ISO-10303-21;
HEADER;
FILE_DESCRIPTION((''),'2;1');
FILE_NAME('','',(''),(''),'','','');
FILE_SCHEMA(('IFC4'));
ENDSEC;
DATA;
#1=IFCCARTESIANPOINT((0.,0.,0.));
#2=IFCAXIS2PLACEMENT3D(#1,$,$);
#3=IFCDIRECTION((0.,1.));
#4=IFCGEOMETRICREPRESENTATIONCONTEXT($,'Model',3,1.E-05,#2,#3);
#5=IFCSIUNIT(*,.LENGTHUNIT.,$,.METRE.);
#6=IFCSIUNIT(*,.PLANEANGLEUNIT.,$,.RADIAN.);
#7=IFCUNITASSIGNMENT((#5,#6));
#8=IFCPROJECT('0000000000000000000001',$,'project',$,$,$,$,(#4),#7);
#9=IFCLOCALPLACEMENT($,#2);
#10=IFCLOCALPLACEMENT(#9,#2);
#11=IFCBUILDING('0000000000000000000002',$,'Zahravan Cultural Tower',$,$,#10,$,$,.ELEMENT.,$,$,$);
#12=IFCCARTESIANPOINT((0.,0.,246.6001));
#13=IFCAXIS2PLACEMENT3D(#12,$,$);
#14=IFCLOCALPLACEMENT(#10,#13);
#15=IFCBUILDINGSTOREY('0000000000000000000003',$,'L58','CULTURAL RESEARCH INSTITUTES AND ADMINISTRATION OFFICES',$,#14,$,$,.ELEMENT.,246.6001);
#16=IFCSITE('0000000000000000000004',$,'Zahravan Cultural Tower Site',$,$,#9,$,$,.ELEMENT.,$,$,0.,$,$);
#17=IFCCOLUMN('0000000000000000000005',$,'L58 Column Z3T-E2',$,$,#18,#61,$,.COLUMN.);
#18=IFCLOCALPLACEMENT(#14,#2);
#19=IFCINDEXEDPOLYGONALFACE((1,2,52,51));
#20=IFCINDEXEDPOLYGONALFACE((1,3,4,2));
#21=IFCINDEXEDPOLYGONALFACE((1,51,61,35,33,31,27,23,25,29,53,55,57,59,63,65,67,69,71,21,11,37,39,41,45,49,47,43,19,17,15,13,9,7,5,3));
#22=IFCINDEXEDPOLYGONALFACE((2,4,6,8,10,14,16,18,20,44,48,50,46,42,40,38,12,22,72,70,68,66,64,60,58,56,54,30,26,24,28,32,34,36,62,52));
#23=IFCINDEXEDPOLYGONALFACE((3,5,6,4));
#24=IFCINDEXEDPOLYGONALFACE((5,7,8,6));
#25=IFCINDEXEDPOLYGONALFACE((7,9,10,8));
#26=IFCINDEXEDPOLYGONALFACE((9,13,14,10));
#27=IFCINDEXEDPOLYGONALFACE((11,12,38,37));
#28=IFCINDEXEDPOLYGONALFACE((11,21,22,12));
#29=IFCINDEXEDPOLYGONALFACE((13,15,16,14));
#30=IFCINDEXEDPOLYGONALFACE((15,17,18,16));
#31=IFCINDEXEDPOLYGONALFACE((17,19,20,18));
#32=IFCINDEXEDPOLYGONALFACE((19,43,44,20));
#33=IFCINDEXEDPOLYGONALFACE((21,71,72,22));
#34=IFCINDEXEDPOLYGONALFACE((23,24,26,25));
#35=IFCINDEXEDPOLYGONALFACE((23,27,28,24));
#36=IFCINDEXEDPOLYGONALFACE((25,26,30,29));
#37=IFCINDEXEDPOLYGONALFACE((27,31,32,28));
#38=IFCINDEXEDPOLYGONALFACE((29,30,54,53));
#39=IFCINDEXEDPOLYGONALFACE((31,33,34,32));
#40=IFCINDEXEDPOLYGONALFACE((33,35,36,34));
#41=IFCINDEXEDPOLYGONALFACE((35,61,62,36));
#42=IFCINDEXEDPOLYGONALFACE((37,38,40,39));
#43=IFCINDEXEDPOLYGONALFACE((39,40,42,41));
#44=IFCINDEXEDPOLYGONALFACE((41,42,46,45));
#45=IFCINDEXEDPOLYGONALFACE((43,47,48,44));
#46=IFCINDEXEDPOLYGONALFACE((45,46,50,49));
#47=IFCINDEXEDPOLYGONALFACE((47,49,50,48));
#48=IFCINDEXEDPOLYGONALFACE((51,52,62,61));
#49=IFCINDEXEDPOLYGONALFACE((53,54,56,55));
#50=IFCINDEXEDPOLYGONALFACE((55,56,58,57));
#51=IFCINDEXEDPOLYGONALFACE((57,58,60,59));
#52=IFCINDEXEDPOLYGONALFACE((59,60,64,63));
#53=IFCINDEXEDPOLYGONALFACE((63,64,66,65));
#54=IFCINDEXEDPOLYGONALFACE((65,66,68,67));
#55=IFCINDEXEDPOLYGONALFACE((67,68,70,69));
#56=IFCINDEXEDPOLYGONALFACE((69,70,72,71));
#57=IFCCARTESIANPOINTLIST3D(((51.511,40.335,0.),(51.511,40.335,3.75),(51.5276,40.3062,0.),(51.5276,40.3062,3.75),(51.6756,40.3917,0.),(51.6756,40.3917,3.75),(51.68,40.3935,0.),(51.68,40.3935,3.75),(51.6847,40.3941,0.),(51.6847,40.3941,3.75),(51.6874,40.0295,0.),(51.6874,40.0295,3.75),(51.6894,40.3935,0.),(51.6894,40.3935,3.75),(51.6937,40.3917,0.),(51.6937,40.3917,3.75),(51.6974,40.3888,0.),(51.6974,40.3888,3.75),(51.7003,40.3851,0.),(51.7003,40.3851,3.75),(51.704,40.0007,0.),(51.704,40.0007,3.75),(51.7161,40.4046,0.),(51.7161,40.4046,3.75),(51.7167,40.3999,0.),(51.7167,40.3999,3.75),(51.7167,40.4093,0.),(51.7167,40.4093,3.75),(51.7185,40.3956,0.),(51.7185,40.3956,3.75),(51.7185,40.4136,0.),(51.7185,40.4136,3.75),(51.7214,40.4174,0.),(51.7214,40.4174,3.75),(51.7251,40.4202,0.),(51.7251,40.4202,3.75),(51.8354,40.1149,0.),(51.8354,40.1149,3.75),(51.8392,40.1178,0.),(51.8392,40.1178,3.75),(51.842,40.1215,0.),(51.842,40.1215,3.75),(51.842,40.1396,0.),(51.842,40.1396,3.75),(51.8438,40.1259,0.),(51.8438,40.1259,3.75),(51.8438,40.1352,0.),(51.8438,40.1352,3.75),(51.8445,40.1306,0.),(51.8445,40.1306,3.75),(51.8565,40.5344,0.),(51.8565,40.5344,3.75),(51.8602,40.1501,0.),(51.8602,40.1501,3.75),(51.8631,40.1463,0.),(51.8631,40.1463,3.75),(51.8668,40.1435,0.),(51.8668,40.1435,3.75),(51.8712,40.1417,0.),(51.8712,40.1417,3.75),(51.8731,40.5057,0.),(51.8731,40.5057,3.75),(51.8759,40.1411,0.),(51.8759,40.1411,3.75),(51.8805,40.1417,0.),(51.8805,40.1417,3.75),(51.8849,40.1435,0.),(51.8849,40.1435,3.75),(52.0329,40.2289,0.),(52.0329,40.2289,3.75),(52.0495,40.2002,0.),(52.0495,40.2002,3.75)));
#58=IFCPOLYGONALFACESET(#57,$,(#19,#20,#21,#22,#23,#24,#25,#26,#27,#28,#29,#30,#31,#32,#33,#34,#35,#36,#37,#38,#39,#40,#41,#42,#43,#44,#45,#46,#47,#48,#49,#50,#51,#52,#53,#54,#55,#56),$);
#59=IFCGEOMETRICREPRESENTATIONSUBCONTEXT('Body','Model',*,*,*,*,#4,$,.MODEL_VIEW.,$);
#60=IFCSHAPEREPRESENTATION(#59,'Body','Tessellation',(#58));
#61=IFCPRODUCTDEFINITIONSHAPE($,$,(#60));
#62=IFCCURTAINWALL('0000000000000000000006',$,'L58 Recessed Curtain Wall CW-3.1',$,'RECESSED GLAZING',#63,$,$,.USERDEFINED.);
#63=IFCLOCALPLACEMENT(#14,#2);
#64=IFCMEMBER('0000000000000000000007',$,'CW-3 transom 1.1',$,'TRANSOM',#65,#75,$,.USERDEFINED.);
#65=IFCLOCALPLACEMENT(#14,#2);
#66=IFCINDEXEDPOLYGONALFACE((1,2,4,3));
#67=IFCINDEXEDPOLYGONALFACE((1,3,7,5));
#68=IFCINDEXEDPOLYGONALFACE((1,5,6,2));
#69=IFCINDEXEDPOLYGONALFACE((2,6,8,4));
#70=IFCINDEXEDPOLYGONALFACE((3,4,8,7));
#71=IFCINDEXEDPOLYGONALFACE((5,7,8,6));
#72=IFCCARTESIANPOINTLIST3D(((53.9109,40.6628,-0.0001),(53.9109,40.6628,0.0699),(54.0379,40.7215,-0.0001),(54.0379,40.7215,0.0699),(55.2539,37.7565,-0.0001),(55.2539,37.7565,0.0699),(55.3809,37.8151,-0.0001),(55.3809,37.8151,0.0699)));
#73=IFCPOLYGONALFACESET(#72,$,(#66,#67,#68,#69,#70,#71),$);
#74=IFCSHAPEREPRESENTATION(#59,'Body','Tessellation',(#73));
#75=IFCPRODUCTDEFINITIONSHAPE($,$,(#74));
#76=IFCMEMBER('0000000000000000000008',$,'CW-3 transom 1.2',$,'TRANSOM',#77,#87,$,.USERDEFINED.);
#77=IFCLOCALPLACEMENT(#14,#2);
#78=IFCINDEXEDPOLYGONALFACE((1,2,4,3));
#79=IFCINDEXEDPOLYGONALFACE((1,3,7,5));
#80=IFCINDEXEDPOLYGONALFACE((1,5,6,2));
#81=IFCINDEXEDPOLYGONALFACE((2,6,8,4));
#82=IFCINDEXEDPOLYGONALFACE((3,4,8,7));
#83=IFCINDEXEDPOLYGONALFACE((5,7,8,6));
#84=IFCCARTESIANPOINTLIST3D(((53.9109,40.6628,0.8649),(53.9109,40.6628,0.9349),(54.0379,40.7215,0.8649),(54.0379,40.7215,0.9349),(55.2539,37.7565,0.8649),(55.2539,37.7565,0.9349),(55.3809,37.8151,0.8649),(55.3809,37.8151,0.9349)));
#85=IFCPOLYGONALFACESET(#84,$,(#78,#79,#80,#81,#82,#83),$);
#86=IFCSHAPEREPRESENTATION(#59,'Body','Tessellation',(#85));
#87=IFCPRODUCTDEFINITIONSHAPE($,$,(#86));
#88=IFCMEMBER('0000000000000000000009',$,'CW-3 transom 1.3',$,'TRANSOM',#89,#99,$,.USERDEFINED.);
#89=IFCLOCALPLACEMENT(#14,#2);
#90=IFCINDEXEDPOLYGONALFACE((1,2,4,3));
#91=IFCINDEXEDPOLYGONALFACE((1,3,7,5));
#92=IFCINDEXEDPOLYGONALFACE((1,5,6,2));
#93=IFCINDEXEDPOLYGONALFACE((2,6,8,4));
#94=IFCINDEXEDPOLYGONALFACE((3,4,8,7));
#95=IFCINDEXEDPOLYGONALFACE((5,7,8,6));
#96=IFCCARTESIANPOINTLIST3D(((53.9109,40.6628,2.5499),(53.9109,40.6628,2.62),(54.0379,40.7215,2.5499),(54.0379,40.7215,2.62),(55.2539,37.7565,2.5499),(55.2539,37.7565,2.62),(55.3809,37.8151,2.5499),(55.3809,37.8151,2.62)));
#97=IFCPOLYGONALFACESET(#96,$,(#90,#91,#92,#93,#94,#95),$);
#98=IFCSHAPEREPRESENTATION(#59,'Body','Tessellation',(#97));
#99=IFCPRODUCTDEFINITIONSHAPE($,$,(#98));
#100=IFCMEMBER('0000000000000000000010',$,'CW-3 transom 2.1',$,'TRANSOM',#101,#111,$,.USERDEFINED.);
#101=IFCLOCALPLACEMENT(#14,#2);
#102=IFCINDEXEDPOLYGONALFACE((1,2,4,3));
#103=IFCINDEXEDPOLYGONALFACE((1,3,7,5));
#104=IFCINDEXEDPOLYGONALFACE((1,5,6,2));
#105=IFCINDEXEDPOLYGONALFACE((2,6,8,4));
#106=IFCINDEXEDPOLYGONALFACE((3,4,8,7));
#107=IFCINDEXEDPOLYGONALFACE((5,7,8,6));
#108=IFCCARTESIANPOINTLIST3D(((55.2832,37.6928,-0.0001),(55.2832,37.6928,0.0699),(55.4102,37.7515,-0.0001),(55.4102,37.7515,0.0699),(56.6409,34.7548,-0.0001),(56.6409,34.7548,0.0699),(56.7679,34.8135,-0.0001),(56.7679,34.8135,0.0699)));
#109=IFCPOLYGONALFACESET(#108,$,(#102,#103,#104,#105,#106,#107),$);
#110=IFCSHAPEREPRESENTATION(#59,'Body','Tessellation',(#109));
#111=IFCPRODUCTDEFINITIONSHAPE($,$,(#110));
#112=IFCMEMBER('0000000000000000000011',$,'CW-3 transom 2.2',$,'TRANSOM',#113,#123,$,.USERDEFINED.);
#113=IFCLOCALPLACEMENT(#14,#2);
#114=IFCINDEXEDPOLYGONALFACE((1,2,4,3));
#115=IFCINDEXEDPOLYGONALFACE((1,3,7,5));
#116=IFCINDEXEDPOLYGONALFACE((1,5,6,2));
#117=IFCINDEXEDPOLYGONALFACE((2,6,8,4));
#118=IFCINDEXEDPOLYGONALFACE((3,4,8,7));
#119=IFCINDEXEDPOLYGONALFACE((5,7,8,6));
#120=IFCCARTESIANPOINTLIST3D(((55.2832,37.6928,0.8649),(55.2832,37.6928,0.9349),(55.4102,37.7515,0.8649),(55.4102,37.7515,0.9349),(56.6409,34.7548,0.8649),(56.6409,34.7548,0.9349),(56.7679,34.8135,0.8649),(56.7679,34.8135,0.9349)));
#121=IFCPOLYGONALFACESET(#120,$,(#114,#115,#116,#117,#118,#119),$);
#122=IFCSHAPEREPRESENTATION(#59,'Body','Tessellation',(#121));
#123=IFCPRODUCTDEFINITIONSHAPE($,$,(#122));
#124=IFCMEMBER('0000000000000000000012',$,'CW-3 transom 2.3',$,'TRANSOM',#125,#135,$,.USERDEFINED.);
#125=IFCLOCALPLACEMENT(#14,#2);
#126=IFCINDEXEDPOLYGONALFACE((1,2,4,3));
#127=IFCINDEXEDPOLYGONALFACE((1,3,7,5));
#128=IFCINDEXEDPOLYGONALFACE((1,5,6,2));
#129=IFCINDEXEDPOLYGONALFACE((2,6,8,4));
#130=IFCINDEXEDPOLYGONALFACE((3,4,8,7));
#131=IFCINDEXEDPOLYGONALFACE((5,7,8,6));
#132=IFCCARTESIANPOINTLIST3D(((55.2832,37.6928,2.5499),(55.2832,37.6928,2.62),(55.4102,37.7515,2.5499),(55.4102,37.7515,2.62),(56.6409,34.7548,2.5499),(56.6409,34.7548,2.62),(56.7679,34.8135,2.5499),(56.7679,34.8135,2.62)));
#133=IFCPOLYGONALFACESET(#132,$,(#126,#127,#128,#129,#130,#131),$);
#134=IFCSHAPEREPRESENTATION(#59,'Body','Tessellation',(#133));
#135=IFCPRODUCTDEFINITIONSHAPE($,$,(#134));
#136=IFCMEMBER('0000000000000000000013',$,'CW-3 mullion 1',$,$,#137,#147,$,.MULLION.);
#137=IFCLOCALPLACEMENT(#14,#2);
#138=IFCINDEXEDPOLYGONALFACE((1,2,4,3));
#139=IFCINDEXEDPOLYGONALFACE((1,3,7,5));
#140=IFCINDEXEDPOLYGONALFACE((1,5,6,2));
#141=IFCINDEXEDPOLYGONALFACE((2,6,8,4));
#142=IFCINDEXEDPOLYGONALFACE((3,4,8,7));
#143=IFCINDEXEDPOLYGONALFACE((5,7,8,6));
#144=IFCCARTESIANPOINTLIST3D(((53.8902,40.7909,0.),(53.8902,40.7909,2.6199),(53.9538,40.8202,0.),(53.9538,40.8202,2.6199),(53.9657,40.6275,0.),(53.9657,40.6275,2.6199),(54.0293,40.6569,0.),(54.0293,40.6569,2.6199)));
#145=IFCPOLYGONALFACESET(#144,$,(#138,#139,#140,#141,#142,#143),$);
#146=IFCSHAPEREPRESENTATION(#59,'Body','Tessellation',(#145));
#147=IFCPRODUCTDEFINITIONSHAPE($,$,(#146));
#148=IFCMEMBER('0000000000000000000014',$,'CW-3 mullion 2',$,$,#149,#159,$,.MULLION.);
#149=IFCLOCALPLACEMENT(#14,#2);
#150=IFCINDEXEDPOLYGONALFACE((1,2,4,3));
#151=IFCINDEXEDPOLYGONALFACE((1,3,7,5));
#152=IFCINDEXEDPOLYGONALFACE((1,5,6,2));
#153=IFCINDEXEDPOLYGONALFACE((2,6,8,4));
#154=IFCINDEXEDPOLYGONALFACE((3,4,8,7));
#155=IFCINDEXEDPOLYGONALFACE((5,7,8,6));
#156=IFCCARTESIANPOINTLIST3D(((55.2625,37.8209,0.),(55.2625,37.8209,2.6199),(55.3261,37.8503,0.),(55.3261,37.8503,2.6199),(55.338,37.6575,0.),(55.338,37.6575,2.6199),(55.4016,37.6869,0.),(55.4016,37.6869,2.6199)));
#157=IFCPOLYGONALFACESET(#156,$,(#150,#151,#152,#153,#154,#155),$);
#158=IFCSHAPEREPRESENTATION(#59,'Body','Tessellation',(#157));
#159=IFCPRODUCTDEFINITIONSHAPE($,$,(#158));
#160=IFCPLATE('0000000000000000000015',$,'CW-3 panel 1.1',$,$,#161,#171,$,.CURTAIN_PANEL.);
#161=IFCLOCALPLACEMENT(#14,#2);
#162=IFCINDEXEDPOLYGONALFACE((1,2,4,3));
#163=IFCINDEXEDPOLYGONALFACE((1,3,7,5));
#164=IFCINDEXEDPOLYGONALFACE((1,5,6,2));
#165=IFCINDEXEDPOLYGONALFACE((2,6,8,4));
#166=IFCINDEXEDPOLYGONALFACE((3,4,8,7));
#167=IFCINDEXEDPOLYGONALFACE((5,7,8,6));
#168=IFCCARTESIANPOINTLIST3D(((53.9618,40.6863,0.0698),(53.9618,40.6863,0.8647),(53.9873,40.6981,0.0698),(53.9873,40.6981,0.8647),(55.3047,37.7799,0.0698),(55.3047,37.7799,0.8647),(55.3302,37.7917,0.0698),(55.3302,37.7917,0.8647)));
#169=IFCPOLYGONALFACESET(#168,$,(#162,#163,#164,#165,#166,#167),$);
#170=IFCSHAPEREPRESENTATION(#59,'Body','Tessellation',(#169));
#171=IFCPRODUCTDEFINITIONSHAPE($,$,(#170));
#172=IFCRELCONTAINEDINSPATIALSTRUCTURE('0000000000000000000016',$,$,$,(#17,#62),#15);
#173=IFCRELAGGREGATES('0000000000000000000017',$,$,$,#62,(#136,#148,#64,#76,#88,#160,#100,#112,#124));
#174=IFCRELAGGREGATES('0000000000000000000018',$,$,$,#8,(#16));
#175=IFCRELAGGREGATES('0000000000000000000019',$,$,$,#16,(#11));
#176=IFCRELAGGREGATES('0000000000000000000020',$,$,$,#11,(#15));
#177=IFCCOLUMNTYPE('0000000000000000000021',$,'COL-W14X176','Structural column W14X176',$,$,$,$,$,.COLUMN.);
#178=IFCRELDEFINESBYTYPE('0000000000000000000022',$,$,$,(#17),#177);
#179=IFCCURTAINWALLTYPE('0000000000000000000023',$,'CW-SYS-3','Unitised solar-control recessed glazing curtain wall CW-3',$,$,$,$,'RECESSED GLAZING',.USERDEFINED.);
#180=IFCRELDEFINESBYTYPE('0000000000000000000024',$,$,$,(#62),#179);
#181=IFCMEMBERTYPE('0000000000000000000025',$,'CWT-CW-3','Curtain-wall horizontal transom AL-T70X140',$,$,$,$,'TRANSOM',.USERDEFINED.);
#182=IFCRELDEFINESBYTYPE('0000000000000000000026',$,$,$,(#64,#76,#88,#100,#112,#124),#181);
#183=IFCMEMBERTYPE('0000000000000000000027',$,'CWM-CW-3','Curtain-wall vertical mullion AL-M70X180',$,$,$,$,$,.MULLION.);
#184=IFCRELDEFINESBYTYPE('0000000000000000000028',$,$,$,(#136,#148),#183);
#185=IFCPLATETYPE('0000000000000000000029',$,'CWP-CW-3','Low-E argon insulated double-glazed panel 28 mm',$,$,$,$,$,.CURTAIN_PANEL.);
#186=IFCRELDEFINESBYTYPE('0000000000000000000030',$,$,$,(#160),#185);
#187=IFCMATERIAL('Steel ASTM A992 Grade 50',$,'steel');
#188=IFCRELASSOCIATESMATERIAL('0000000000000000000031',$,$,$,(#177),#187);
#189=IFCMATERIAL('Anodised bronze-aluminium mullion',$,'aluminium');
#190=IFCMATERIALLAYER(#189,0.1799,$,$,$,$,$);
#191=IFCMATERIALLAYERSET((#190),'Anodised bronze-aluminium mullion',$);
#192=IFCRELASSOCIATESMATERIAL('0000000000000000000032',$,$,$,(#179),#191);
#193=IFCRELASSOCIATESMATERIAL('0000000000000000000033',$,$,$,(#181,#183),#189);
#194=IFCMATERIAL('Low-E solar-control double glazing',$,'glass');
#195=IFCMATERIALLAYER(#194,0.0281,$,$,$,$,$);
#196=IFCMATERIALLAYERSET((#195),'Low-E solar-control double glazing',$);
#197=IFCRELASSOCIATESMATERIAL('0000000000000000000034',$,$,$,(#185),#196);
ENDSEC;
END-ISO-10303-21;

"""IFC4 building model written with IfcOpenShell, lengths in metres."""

from ifc_helpers import new_model, si_unit, direction, frame, origin, origin_2d, place, context, subcontext, project, spatial, rectangle, i_section, extrude, source, transform, mapped, material, layer, layer_set, material_profile, profile_set, type_object, element, aggregate, save


model = new_model("IFC4")

# Units and contexts
model_context = context("Model", 3, precision=1e-05, world=origin(), true_north=direction((0.0, 1.0)))
body_context = subcontext(model_context, "Body", "Model", "MODEL_VIEW")
ifc_project = project(units=[si_unit("LENGTHUNIT", "METRE"), si_unit("PLANEANGLEUNIT", "RADIAN")], contexts=[model_context])

# Site, building, storey
site_placement = place(None, origin())
site = spatial("IfcSite", under=ifc_project, at=site_placement, Name="Zahravan Cultural Tower Site", CompositionType="ELEMENT", RefElevation=0.0)
building_placement = place(site_placement, origin())
building = spatial("IfcBuilding", under=site, at=building_placement, Name="Zahravan Cultural Tower", CompositionType="ELEMENT")
storey_placement = place(building_placement, frame((0.0, 0.0, 246.6001)))
storey = spatial("IfcBuildingStorey", under=building, at=storey_placement, Name="L58", Description="CULTURAL RESEARCH INSTITUTES AND ADMINISTRATION OFFICES", CompositionType="ELEMENT", Elevation=246.6001)

# Column
ifc_material_1 = material(Name="Steel ASTM A992 Grade 50", Category="steel")
ifc_material_profile_1 = material_profile(ifc_material_1, i_section(OverallWidth=0.3989, OverallDepth=0.386, WebThickness=0.021, FlangeThickness=0.0332, FilletRadius=0.0181, at=origin_2d()), Name="W14X176")
ifc_profile_set_1 = profile_set([ifc_material_profile_1], Name="Steel ASTM A992 Grade 50")
column_type = type_object("IfcColumnType", Name="COL-W14X176", Description="Structural column W14X176", PredefinedType="COLUMN", material=ifc_profile_set_1)
shared_shape_1 = source(origin(), body_context, "Body", "SweptSolid", [
    extrude(i_section(OverallWidth=0.3989, OverallDepth=0.386, WebThickness=0.021, FlangeThickness=0.0332, FilletRadius=0.0181, at=origin_2d()), origin(), (0.0, 0.0, 1.0), 3.75),
])
column_placement = place(storey_placement, frame((51.7803, 40.2676, 0.0), z_axis=(0.0, 0.0, 1.0), x_axis=(0.866025, 0.5, 0.0)))
element("IfcColumn", 1, at=column_placement, inside=storey, type_object=column_type, Name="L58 Column Z3T-E2", PredefinedType="COLUMN", context=body_context, shape_type="MappedRepresentation", body=[
    mapped(shared_shape_1, transform((0.0, 0.0, 0.0), x_axis=(1.0, 0.0, 0.0), y_axis=(0.0, 1.0, 0.0), z_axis=(0.0, 0.0, 1.0), scale=1.0)),
])

# Curtain wall, members, plate
ifc_material_2 = material(Name="Anodised bronze-aluminium mullion", Category="aluminium")
ifc_layer_1 = layer(ifc_material_2, 0.1799)
ifc_layer_set_1 = layer_set([ifc_layer_1], Name="Anodised bronze-aluminium mullion")
curtain_wall_type = type_object("IfcCurtainWallType", Name="CW-SYS-3", Description="Unitised solar-control recessed glazing curtain wall CW-3", ElementType="RECESSED GLAZING", PredefinedType="USERDEFINED", material=ifc_layer_set_1)
curtain_wall_placement = place(storey_placement, origin())
curtain_wall = element("IfcCurtainWall", 2, at=curtain_wall_placement, inside=storey, type_object=curtain_wall_type, Name="L58 Recessed Curtain Wall CW-3.1", ObjectType="RECESSED GLAZING", PredefinedType="USERDEFINED")
ifc_material_profile_2 = material_profile(ifc_material_2, rectangle(XDim=0.1399, YDim=0.0701, at=origin_2d()), Name="AL-T70X140")
ifc_profile_set_2 = profile_set([ifc_material_profile_2], Name="Anodised bronze-aluminium mullion")
member_type_1 = type_object("IfcMemberType", Name="CWT-CW-3", Description="Curtain-wall horizontal transom AL-T70X140", ElementType="TRANSOM", PredefinedType="USERDEFINED", material=ifc_profile_set_2)
shared_shape_2 = source(origin(), body_context, "Body", "SweptSolid", [
    extrude(rectangle(XDim=0.1399, YDim=0.0701, at=origin_2d()), origin(), (0.0, 0.0, 1.0), 3.2017),
])
member_1_placement = place(storey_placement, frame((53.9744, 40.6921, 0.0349), z_axis=(0.419489, -0.907761, 0.0), x_axis=(0.907761, 0.419489, 0.0)))
member_1 = element("IfcMember", 3, at=member_1_placement, type_object=member_type_1, Name="CW-3 transom 1.1", ObjectType="TRANSOM", PredefinedType="USERDEFINED", context=body_context, shape_type="MappedRepresentation", body=[
    mapped(shared_shape_2, transform((0.0, 0.0, 0.0), x_axis=(1.0, 0.0, 0.0), y_axis=(0.0, 1.0, 0.0), z_axis=(0.0, 0.0, 1.0), scale=1.0)),
])
member_2_placement = place(storey_placement, frame((53.9744, 40.6921, 0.8999), z_axis=(0.419489, -0.907761, 0.0), x_axis=(0.907761, 0.419489, 0.0)))
member_2 = element("IfcMember", 4, at=member_2_placement, type_object=member_type_1, Name="CW-3 transom 1.2", ObjectType="TRANSOM", PredefinedType="USERDEFINED", context=body_context, shape_type="MappedRepresentation", body=[
    mapped(shared_shape_2, transform((0.0, 0.0, 0.0), x_axis=(1.0, 0.0, 0.0), y_axis=(0.0, 1.0, 0.0), z_axis=(0.0, 0.0, 1.0), scale=1.0)),
])
member_3_placement = place(storey_placement, frame((53.9744, 40.6921, 2.585), z_axis=(0.419489, -0.907761, 0.0), x_axis=(0.907761, 0.419489, 0.0)))
member_3 = element("IfcMember", 5, at=member_3_placement, type_object=member_type_1, Name="CW-3 transom 1.3", ObjectType="TRANSOM", PredefinedType="USERDEFINED", context=body_context, shape_type="MappedRepresentation", body=[
    mapped(shared_shape_2, transform((0.0, 0.0, 0.0), x_axis=(1.0, 0.0, 0.0), y_axis=(0.0, 1.0, 0.0), z_axis=(0.0, 0.0, 1.0), scale=1.0)),
])
shared_shape_3 = source(origin(), body_context, "Body", "SweptSolid", [
    extrude(rectangle(XDim=0.1399, YDim=0.0701, at=origin_2d()), origin(), (0.0, 0.0, 1.0), 3.2366),
])
member_4_placement = place(storey_placement, frame((55.3467, 37.7222, 0.0349), z_axis=(0.419484, -0.907763, 0.0), x_axis=(0.907763, 0.419484, 0.0)))
member_4 = element("IfcMember", 6, at=member_4_placement, type_object=member_type_1, Name="CW-3 transom 2.1", ObjectType="TRANSOM", PredefinedType="USERDEFINED", context=body_context, shape_type="MappedRepresentation", body=[
    mapped(shared_shape_3, transform((0.0, 0.0, 0.0), x_axis=(1.0, 0.0, 0.0), y_axis=(0.0, 1.0, 0.0), z_axis=(0.0, 0.0, 1.0), scale=1.0)),
])
member_5_placement = place(storey_placement, frame((55.3467, 37.7222, 0.8999), z_axis=(0.419484, -0.907763, 0.0), x_axis=(0.907763, 0.419484, 0.0)))
member_5 = element("IfcMember", 7, at=member_5_placement, type_object=member_type_1, Name="CW-3 transom 2.2", ObjectType="TRANSOM", PredefinedType="USERDEFINED", context=body_context, shape_type="MappedRepresentation", body=[
    mapped(shared_shape_3, transform((0.0, 0.0, 0.0), x_axis=(1.0, 0.0, 0.0), y_axis=(0.0, 1.0, 0.0), z_axis=(0.0, 0.0, 1.0), scale=1.0)),
])
member_6_placement = place(storey_placement, frame((55.3467, 37.7222, 2.585), z_axis=(0.419484, -0.907763, 0.0), x_axis=(0.907763, 0.419484, 0.0)))
member_6 = element("IfcMember", 8, at=member_6_placement, type_object=member_type_1, Name="CW-3 transom 2.3", ObjectType="TRANSOM", PredefinedType="USERDEFINED", context=body_context, shape_type="MappedRepresentation", body=[
    mapped(shared_shape_3, transform((0.0, 0.0, 0.0), x_axis=(1.0, 0.0, 0.0), y_axis=(0.0, 1.0, 0.0), z_axis=(0.0, 0.0, 1.0), scale=1.0)),
])
ifc_material_profile_3 = material_profile(ifc_material_2, rectangle(XDim=0.0701, YDim=0.1799, at=origin_2d()), Name="AL-M70X180")
ifc_profile_set_3 = profile_set([ifc_material_profile_3], Name="Anodised bronze-aluminium mullion")
member_type_2 = type_object("IfcMemberType", Name="CWM-CW-3", Description="Curtain-wall vertical mullion AL-M70X180", PredefinedType="MULLION", material=ifc_profile_set_3)
shared_shape_4 = source(origin(), body_context, "Body", "SweptSolid", [
    extrude(rectangle(XDim=0.0701, YDim=0.1799, at=origin_2d()), origin(), (0.0, 0.0, 1.0), 2.6199),
])
member_7_placement = place(storey_placement, frame((53.9597, 40.7239, 0.0), z_axis=(0.0, 0.0, 1.0), x_axis=(0.907775, 0.419457, 0.0)))
member_7 = element("IfcMember", 9, at=member_7_placement, type_object=member_type_2, Name="CW-3 mullion 1", PredefinedType="MULLION", context=body_context, shape_type="MappedRepresentation", body=[
    mapped(shared_shape_4, transform((0.0, 0.0, 0.0), x_axis=(1.0, 0.0, 0.0), y_axis=(0.0, 1.0, 0.0), z_axis=(0.0, 0.0, 1.0), scale=1.0)),
])
member_8_placement = place(storey_placement, frame((55.332, 37.7539, 0.0), z_axis=(0.0, 0.0, 1.0), x_axis=(0.907775, 0.419457, 0.0)))
member_8 = element("IfcMember", 10, at=member_8_placement, type_object=member_type_2, Name="CW-3 mullion 2", PredefinedType="MULLION", context=body_context, shape_type="MappedRepresentation", body=[
    mapped(shared_shape_4, transform((0.0, 0.0, 0.0), x_axis=(1.0, 0.0, 0.0), y_axis=(0.0, 1.0, 0.0), z_axis=(0.0, 0.0, 1.0), scale=1.0)),
])
ifc_material_3 = material(Name="Low-E solar-control double glazing", Category="glass")
ifc_layer_2 = layer(ifc_material_3, 0.0281)
ifc_layer_set_2 = layer_set([ifc_layer_2], Name="Low-E solar-control double glazing")
plate_type = type_object("IfcPlateType", Name="CWP-CW-3", Description="Low-E argon insulated double-glazed panel 28 mm", PredefinedType="CURTAIN_PANEL", material=ifc_layer_set_2)
shared_shape_5 = source(origin(), body_context, "Body", "SweptSolid", [
    extrude(rectangle(XDim=3.2017, YDim=0.0281, at=origin_2d()), origin(), (0.0, 0.0, 1.0), 0.7949),
])
plate_1_placement = place(storey_placement, frame((54.646, 39.239, 0.0698), z_axis=(0.0, 0.0, 1.0), x_axis=(0.419457, -0.907775, 0.0)))
plate_1 = element("IfcPlate", 11, at=plate_1_placement, type_object=plate_type, Name="CW-3 panel 1.1", PredefinedType="CURTAIN_PANEL", context=body_context, shape_type="MappedRepresentation", body=[
    mapped(shared_shape_5, transform((0.0, 0.0, 0.0), x_axis=(1.0, 0.0, 0.0), y_axis=(0.0, 1.0, 0.0), z_axis=(0.0, 0.0, 1.0), scale=1.0)),
])
aggregate(curtain_wall, [member_7, member_8, member_1, member_2, member_3, plate_1, member_4, member_5, member_6])

save(model, "model.ifc")
